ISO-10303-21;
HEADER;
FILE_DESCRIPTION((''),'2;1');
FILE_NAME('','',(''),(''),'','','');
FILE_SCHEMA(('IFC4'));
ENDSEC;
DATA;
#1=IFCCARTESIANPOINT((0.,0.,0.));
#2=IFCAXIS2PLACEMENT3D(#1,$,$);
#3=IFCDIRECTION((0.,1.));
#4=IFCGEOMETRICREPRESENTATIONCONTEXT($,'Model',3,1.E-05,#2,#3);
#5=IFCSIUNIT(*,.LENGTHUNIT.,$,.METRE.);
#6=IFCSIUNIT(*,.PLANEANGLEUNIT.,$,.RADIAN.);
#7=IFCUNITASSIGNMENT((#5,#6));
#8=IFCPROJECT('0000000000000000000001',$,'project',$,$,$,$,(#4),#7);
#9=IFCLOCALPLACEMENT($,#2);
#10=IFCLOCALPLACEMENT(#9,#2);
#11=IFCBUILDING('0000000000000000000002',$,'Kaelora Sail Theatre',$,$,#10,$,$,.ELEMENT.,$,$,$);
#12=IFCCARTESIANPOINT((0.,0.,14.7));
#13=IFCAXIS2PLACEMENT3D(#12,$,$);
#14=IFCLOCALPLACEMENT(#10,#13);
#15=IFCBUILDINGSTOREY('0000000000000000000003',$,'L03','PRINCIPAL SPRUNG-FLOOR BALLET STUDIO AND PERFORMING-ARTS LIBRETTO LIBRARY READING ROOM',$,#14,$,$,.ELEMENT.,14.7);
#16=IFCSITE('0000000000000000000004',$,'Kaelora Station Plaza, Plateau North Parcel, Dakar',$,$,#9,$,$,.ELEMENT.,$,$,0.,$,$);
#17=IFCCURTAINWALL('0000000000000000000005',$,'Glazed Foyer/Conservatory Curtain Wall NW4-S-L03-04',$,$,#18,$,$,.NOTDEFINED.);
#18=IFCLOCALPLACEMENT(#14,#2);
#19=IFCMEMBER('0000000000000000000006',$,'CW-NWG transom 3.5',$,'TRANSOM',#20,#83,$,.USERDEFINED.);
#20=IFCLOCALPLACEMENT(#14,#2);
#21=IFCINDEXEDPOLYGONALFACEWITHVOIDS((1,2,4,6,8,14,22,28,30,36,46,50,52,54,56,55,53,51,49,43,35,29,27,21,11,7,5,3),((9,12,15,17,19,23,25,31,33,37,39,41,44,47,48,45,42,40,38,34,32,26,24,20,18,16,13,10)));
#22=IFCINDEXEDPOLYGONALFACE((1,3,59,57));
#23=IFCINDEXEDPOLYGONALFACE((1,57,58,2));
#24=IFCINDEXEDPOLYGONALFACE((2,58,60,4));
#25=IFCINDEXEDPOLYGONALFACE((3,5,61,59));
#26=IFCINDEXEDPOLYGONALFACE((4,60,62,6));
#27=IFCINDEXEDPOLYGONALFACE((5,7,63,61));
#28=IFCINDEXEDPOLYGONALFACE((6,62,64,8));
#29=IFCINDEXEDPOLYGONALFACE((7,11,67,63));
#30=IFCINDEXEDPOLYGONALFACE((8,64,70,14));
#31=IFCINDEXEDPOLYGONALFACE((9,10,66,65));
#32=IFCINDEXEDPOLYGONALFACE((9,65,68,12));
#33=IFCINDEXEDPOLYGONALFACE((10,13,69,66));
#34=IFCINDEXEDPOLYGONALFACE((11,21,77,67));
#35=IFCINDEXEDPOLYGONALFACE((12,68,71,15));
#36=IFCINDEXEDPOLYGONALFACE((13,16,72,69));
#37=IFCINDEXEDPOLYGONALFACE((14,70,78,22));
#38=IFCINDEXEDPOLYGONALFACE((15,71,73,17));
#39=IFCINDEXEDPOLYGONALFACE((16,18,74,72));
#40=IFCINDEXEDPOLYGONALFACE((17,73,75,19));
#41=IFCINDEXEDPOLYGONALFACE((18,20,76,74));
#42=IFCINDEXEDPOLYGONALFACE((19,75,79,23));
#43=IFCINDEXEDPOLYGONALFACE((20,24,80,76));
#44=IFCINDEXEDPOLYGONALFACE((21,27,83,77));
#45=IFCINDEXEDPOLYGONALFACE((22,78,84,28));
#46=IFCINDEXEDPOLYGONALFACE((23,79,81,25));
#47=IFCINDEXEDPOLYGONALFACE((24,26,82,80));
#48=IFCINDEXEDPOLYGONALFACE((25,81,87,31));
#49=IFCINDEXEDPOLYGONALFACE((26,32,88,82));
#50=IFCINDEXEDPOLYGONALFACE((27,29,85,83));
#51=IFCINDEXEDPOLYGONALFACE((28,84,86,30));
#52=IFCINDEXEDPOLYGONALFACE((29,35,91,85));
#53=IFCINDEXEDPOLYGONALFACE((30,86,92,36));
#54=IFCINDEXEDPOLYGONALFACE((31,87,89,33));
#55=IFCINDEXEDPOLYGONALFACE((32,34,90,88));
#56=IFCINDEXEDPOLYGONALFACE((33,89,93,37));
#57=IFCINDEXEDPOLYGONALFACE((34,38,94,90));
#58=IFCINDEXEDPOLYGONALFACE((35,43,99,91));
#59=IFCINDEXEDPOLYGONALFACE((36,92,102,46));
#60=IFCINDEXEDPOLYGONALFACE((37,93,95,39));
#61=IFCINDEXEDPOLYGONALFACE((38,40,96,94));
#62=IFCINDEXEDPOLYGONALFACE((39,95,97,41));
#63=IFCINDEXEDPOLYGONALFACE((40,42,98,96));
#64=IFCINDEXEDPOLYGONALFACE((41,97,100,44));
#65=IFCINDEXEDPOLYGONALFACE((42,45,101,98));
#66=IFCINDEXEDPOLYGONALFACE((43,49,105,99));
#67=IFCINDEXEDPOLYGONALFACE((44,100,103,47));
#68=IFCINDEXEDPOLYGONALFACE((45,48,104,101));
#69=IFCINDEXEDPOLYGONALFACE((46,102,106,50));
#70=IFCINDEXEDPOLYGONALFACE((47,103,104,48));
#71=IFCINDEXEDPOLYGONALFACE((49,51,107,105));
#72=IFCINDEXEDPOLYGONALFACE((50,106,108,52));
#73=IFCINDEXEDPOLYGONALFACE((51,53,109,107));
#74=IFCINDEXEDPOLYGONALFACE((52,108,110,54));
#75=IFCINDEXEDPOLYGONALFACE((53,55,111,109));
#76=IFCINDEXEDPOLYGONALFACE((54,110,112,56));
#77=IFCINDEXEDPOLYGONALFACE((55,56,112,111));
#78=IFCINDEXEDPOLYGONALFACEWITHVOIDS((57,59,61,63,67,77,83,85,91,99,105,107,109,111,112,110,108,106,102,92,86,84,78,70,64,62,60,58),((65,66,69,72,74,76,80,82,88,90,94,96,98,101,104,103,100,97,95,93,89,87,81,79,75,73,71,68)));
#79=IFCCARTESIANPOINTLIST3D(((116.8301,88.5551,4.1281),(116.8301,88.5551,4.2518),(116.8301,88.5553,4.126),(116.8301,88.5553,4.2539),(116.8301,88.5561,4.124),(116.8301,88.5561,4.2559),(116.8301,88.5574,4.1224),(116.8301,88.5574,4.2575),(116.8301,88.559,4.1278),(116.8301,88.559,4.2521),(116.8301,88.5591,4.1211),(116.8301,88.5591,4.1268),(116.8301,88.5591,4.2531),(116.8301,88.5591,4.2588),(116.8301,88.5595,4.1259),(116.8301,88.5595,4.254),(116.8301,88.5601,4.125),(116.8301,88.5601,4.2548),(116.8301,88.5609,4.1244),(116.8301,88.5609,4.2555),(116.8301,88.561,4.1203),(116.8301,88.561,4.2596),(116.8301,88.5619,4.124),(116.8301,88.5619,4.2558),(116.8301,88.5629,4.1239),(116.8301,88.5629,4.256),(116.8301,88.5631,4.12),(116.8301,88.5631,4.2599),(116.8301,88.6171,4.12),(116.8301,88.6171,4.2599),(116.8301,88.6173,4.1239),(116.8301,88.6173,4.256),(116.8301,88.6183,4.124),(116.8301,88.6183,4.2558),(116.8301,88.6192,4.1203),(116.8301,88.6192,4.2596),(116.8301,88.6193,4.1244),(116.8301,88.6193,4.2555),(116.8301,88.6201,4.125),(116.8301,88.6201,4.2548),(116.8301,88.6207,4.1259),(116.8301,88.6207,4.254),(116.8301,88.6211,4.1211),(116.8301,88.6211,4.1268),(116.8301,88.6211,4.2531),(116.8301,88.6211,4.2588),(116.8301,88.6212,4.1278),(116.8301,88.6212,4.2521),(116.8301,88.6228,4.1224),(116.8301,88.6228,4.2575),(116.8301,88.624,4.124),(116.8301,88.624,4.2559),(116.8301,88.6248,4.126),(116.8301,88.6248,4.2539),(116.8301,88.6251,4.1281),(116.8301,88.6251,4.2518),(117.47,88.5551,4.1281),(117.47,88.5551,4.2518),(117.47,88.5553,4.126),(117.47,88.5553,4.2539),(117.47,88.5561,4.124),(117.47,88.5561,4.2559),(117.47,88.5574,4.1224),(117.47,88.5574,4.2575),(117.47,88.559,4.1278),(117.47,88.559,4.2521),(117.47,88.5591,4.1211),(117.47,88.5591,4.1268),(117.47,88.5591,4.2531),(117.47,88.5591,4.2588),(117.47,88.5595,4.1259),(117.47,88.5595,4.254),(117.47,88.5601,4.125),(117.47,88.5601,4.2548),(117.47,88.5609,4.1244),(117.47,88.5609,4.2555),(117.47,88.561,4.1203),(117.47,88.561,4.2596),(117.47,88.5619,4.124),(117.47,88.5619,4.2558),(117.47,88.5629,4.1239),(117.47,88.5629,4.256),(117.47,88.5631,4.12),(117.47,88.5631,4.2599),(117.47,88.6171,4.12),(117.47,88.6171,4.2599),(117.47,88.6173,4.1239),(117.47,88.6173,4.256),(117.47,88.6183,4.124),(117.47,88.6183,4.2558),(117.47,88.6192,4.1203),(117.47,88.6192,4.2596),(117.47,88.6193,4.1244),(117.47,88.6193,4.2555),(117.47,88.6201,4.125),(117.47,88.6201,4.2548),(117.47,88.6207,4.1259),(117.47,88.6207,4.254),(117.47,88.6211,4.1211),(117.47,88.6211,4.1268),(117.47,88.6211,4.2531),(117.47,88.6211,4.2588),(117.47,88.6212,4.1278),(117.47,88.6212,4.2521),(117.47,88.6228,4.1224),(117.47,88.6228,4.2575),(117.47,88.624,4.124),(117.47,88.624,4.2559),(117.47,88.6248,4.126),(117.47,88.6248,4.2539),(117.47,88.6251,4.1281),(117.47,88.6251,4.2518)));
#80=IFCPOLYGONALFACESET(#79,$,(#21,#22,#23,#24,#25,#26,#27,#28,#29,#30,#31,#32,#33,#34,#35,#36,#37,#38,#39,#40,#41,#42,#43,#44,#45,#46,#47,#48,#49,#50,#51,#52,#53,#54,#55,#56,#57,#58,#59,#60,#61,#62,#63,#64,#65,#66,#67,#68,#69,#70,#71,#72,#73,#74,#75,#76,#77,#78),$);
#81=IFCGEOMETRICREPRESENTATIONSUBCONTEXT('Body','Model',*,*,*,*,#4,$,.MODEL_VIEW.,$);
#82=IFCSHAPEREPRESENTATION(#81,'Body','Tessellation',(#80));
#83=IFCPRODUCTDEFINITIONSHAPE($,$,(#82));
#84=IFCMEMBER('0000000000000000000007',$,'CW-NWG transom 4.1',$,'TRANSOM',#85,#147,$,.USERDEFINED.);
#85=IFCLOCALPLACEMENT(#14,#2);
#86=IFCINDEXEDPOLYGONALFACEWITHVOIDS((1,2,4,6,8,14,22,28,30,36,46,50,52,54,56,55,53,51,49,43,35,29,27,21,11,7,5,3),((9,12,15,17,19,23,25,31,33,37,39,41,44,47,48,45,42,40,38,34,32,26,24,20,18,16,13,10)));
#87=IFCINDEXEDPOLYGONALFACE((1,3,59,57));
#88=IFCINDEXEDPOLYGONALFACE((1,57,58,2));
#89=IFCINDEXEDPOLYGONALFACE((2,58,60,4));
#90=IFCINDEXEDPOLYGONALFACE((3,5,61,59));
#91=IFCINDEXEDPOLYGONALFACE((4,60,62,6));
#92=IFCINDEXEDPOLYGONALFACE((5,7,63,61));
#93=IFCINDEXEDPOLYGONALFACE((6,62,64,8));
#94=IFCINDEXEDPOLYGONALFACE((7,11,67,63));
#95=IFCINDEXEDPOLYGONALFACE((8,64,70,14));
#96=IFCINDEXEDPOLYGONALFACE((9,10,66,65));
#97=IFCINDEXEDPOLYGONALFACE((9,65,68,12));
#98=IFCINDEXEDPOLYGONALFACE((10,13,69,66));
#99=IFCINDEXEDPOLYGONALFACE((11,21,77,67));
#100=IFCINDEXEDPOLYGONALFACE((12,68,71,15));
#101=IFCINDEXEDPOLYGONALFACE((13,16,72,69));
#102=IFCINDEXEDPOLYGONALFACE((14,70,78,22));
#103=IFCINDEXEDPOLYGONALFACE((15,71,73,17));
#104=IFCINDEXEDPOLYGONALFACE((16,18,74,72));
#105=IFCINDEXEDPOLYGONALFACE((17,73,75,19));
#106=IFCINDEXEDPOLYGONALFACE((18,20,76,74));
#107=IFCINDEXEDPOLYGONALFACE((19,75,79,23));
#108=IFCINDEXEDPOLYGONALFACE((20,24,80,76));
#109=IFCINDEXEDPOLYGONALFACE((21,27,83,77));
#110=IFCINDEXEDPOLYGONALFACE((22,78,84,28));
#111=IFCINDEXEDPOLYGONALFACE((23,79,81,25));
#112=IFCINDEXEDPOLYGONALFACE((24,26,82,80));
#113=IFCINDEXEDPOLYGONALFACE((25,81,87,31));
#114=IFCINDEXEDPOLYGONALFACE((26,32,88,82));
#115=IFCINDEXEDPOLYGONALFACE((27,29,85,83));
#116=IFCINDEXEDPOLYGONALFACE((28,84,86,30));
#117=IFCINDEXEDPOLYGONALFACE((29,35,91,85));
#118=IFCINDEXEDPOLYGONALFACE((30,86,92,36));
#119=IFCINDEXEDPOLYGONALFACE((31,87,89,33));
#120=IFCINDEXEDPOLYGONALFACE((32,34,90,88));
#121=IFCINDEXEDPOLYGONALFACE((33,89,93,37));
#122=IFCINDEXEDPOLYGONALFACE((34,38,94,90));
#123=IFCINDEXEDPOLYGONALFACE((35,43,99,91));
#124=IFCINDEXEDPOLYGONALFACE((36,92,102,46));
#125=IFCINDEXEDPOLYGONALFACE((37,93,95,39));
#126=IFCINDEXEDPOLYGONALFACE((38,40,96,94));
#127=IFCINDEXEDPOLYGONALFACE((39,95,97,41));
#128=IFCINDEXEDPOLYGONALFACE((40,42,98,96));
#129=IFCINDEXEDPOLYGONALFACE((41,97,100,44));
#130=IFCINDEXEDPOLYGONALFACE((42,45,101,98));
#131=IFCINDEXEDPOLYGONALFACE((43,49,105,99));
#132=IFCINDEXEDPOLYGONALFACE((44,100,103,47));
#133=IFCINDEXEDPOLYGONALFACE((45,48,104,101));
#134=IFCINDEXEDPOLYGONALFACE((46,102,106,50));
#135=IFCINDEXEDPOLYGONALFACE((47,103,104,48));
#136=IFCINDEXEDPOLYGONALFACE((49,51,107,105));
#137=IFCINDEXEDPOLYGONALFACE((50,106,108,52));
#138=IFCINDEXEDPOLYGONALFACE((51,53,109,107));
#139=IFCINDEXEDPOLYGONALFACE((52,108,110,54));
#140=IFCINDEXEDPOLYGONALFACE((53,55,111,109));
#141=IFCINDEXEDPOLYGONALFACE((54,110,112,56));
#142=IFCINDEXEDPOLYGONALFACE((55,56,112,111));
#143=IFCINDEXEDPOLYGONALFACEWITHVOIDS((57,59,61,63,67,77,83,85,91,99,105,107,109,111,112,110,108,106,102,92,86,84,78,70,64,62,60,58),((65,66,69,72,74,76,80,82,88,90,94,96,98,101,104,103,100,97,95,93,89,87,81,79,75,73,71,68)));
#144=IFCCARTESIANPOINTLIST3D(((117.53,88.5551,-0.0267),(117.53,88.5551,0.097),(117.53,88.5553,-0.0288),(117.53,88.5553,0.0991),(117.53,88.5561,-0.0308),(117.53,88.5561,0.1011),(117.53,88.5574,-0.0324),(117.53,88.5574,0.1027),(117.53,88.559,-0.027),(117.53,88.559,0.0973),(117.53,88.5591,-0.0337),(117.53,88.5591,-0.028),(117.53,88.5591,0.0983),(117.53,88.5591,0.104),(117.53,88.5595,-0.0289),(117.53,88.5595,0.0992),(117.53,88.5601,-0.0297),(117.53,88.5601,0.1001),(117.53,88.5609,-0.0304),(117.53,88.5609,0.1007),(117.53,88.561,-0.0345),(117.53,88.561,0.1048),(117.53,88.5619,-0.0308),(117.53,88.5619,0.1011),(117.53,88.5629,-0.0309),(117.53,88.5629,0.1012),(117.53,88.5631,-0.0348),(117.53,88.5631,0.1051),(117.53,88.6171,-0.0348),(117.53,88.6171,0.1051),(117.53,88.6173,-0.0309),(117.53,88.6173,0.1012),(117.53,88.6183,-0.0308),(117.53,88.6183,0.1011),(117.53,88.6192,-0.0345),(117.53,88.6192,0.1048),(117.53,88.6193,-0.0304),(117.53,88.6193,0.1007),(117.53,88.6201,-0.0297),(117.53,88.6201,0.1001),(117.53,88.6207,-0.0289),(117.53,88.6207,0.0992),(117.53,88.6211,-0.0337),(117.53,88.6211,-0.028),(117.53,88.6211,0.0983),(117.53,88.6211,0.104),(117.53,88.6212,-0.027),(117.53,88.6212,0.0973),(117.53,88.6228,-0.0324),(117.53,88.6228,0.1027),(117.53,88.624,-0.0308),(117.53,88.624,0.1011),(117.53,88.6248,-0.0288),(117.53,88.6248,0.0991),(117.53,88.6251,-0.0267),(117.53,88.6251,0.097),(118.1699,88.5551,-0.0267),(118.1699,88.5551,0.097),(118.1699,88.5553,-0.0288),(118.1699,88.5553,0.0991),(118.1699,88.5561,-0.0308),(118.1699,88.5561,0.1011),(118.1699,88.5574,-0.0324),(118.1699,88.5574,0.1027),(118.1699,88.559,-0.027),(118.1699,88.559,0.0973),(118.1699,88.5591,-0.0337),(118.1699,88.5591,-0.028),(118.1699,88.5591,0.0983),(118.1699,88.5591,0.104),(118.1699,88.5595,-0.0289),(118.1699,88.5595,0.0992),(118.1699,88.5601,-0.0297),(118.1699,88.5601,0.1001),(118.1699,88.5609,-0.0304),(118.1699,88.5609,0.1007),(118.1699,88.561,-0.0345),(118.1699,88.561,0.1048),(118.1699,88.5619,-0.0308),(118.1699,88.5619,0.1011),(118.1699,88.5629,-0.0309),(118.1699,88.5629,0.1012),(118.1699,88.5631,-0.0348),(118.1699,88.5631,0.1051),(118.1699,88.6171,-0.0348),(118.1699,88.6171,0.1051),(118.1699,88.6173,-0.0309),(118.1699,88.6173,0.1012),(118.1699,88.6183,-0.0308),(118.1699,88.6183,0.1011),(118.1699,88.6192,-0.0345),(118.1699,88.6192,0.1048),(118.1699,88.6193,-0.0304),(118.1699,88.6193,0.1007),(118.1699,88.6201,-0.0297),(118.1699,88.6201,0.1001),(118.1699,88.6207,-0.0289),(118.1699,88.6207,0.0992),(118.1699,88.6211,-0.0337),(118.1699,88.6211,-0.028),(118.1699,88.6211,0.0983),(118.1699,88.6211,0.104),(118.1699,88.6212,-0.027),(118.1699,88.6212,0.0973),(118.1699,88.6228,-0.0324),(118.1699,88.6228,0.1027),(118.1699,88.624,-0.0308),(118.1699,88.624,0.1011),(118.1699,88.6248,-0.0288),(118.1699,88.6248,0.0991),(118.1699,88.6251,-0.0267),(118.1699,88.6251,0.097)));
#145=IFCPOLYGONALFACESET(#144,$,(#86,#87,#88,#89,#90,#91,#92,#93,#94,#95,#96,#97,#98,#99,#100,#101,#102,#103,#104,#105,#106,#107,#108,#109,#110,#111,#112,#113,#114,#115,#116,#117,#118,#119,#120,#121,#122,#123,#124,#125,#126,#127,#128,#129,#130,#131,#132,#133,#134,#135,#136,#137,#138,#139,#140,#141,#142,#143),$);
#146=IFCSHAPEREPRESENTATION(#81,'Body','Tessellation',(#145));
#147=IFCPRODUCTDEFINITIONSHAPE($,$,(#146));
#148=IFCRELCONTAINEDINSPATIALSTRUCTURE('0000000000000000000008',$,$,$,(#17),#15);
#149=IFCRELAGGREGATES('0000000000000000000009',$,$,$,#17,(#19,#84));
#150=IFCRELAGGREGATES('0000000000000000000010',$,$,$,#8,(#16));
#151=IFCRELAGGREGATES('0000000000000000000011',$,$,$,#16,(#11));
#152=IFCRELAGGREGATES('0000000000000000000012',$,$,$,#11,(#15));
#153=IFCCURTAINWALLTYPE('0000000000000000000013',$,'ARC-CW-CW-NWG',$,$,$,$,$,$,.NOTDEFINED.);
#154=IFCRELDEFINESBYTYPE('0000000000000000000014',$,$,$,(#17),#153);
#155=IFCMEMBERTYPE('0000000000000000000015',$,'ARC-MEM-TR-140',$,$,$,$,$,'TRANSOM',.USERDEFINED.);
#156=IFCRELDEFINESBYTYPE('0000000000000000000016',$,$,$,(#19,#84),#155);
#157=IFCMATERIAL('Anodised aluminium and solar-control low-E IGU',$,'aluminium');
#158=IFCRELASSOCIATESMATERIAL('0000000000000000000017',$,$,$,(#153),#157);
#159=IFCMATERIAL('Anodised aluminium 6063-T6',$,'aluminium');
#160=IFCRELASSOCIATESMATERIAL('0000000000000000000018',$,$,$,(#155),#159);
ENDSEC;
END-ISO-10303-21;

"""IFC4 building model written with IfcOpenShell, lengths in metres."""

from ifc_helpers import new_model, si_unit, direction, frame, origin, origin_2d, place, context, subcontext, project, spatial, hollow_rectangle, extrude, material, material_profile, profile_set, type_object, element, aggregate, save


model = new_model("IFC4")

# Units and contexts
model_context = context("Model", 3, precision=1e-05, world=origin(), true_north=direction((0.0, 1.0)))
body_context = subcontext(model_context, "Body", "Model", "MODEL_VIEW")
ifc_project = project(units=[si_unit("LENGTHUNIT", "METRE"), si_unit("PLANEANGLEUNIT", "RADIAN")], contexts=[model_context])

# Site, building, storey
site_placement = place(None, origin())
site = spatial("IfcSite", under=ifc_project, at=site_placement, Name="Kaelora Station Plaza, Plateau North Parcel, Dakar", CompositionType="ELEMENT", RefElevation=0.0)
building_placement = place(site_placement, origin())
building = spatial("IfcBuilding", under=site, at=building_placement, Name="Kaelora Sail Theatre", CompositionType="ELEMENT")
storey_placement = place(building_placement, frame((0.0, 0.0, 14.7)))
storey = spatial("IfcBuildingStorey", under=building, at=storey_placement, Name="L03", Description="PRINCIPAL SPRUNG-FLOOR BALLET STUDIO AND PERFORMING-ARTS LIBRETTO LIBRARY READING ROOM", CompositionType="ELEMENT", Elevation=14.7)

# Curtain wall, members
ifc_material_1 = material(Name="Anodised aluminium and solar-control low-E IGU", Category="aluminium")
curtain_wall_type = type_object("IfcCurtainWallType", Name="ARC-CW-CW-NWG", PredefinedType="NOTDEFINED", material=ifc_material_1)
curtain_wall_placement = place(storey_placement, origin())
curtain_wall = element("IfcCurtainWall", 1, at=curtain_wall_placement, inside=storey, type_object=curtain_wall_type, Name="Glazed Foyer/Conservatory Curtain Wall NW4-S-L03-04", PredefinedType="NOTDEFINED")
ifc_material_2 = material(Name="Anodised aluminium 6063-T6", Category="aluminium")
ifc_material_profile_1 = material_profile(ifc_material_2, hollow_rectangle(XDim=0.0701, YDim=0.1399, WallThickness=0.0039, InnerFilletRadius=0.0039, OuterFilletRadius=0.0081, at=origin_2d()), Name="ALU-TRAN 70x140x4")
ifc_profile_set_1 = profile_set([ifc_material_profile_1], Name="Anodised aluminium 6063-T6")
member_type_1 = type_object("IfcMemberType", Name="ARC-MEM-TR-140", ElementType="TRANSOM", PredefinedType="USERDEFINED", material=ifc_profile_set_1)
member_1_placement = place(storey_placement, frame((116.8301, 88.5901, 4.1899), z_axis=(1.0, 0.0, 0.0), x_axis=(0.0, 1.0, 0.0)))
member_1 = element("IfcMember", 2, at=member_1_placement, type_object=member_type_1, Name="CW-NWG transom 3.5", ObjectType="TRANSOM", PredefinedType="USERDEFINED", context=body_context, shape_type="SweptSolid", body=[
    extrude(hollow_rectangle(XDim=0.0701, YDim=0.1399, WallThickness=0.0039, InnerFilletRadius=0.0039, OuterFilletRadius=0.0081, at=origin_2d()), origin(), (0.0, 0.0, 1.0), 0.6399),
])
member_2_placement = place(storey_placement, frame((117.53, 88.5901, 0.0352), z_axis=(1.0, 0.0, 0.0), x_axis=(0.0, 1.0, 0.0)))
member_2 = element("IfcMember", 3, at=member_2_placement, type_object=member_type_1, Name="CW-NWG transom 4.1", ObjectType="TRANSOM", PredefinedType="USERDEFINED", context=body_context, shape_type="SweptSolid", body=[
    extrude(hollow_rectangle(XDim=0.0701, YDim=0.1399, WallThickness=0.0039, InnerFilletRadius=0.0039, OuterFilletRadius=0.0081, at=origin_2d()), origin(), (0.0, 0.0, 1.0), 0.6399),
])
aggregate(curtain_wall, [member_1, member_2])

save(model, "model.ifc")
